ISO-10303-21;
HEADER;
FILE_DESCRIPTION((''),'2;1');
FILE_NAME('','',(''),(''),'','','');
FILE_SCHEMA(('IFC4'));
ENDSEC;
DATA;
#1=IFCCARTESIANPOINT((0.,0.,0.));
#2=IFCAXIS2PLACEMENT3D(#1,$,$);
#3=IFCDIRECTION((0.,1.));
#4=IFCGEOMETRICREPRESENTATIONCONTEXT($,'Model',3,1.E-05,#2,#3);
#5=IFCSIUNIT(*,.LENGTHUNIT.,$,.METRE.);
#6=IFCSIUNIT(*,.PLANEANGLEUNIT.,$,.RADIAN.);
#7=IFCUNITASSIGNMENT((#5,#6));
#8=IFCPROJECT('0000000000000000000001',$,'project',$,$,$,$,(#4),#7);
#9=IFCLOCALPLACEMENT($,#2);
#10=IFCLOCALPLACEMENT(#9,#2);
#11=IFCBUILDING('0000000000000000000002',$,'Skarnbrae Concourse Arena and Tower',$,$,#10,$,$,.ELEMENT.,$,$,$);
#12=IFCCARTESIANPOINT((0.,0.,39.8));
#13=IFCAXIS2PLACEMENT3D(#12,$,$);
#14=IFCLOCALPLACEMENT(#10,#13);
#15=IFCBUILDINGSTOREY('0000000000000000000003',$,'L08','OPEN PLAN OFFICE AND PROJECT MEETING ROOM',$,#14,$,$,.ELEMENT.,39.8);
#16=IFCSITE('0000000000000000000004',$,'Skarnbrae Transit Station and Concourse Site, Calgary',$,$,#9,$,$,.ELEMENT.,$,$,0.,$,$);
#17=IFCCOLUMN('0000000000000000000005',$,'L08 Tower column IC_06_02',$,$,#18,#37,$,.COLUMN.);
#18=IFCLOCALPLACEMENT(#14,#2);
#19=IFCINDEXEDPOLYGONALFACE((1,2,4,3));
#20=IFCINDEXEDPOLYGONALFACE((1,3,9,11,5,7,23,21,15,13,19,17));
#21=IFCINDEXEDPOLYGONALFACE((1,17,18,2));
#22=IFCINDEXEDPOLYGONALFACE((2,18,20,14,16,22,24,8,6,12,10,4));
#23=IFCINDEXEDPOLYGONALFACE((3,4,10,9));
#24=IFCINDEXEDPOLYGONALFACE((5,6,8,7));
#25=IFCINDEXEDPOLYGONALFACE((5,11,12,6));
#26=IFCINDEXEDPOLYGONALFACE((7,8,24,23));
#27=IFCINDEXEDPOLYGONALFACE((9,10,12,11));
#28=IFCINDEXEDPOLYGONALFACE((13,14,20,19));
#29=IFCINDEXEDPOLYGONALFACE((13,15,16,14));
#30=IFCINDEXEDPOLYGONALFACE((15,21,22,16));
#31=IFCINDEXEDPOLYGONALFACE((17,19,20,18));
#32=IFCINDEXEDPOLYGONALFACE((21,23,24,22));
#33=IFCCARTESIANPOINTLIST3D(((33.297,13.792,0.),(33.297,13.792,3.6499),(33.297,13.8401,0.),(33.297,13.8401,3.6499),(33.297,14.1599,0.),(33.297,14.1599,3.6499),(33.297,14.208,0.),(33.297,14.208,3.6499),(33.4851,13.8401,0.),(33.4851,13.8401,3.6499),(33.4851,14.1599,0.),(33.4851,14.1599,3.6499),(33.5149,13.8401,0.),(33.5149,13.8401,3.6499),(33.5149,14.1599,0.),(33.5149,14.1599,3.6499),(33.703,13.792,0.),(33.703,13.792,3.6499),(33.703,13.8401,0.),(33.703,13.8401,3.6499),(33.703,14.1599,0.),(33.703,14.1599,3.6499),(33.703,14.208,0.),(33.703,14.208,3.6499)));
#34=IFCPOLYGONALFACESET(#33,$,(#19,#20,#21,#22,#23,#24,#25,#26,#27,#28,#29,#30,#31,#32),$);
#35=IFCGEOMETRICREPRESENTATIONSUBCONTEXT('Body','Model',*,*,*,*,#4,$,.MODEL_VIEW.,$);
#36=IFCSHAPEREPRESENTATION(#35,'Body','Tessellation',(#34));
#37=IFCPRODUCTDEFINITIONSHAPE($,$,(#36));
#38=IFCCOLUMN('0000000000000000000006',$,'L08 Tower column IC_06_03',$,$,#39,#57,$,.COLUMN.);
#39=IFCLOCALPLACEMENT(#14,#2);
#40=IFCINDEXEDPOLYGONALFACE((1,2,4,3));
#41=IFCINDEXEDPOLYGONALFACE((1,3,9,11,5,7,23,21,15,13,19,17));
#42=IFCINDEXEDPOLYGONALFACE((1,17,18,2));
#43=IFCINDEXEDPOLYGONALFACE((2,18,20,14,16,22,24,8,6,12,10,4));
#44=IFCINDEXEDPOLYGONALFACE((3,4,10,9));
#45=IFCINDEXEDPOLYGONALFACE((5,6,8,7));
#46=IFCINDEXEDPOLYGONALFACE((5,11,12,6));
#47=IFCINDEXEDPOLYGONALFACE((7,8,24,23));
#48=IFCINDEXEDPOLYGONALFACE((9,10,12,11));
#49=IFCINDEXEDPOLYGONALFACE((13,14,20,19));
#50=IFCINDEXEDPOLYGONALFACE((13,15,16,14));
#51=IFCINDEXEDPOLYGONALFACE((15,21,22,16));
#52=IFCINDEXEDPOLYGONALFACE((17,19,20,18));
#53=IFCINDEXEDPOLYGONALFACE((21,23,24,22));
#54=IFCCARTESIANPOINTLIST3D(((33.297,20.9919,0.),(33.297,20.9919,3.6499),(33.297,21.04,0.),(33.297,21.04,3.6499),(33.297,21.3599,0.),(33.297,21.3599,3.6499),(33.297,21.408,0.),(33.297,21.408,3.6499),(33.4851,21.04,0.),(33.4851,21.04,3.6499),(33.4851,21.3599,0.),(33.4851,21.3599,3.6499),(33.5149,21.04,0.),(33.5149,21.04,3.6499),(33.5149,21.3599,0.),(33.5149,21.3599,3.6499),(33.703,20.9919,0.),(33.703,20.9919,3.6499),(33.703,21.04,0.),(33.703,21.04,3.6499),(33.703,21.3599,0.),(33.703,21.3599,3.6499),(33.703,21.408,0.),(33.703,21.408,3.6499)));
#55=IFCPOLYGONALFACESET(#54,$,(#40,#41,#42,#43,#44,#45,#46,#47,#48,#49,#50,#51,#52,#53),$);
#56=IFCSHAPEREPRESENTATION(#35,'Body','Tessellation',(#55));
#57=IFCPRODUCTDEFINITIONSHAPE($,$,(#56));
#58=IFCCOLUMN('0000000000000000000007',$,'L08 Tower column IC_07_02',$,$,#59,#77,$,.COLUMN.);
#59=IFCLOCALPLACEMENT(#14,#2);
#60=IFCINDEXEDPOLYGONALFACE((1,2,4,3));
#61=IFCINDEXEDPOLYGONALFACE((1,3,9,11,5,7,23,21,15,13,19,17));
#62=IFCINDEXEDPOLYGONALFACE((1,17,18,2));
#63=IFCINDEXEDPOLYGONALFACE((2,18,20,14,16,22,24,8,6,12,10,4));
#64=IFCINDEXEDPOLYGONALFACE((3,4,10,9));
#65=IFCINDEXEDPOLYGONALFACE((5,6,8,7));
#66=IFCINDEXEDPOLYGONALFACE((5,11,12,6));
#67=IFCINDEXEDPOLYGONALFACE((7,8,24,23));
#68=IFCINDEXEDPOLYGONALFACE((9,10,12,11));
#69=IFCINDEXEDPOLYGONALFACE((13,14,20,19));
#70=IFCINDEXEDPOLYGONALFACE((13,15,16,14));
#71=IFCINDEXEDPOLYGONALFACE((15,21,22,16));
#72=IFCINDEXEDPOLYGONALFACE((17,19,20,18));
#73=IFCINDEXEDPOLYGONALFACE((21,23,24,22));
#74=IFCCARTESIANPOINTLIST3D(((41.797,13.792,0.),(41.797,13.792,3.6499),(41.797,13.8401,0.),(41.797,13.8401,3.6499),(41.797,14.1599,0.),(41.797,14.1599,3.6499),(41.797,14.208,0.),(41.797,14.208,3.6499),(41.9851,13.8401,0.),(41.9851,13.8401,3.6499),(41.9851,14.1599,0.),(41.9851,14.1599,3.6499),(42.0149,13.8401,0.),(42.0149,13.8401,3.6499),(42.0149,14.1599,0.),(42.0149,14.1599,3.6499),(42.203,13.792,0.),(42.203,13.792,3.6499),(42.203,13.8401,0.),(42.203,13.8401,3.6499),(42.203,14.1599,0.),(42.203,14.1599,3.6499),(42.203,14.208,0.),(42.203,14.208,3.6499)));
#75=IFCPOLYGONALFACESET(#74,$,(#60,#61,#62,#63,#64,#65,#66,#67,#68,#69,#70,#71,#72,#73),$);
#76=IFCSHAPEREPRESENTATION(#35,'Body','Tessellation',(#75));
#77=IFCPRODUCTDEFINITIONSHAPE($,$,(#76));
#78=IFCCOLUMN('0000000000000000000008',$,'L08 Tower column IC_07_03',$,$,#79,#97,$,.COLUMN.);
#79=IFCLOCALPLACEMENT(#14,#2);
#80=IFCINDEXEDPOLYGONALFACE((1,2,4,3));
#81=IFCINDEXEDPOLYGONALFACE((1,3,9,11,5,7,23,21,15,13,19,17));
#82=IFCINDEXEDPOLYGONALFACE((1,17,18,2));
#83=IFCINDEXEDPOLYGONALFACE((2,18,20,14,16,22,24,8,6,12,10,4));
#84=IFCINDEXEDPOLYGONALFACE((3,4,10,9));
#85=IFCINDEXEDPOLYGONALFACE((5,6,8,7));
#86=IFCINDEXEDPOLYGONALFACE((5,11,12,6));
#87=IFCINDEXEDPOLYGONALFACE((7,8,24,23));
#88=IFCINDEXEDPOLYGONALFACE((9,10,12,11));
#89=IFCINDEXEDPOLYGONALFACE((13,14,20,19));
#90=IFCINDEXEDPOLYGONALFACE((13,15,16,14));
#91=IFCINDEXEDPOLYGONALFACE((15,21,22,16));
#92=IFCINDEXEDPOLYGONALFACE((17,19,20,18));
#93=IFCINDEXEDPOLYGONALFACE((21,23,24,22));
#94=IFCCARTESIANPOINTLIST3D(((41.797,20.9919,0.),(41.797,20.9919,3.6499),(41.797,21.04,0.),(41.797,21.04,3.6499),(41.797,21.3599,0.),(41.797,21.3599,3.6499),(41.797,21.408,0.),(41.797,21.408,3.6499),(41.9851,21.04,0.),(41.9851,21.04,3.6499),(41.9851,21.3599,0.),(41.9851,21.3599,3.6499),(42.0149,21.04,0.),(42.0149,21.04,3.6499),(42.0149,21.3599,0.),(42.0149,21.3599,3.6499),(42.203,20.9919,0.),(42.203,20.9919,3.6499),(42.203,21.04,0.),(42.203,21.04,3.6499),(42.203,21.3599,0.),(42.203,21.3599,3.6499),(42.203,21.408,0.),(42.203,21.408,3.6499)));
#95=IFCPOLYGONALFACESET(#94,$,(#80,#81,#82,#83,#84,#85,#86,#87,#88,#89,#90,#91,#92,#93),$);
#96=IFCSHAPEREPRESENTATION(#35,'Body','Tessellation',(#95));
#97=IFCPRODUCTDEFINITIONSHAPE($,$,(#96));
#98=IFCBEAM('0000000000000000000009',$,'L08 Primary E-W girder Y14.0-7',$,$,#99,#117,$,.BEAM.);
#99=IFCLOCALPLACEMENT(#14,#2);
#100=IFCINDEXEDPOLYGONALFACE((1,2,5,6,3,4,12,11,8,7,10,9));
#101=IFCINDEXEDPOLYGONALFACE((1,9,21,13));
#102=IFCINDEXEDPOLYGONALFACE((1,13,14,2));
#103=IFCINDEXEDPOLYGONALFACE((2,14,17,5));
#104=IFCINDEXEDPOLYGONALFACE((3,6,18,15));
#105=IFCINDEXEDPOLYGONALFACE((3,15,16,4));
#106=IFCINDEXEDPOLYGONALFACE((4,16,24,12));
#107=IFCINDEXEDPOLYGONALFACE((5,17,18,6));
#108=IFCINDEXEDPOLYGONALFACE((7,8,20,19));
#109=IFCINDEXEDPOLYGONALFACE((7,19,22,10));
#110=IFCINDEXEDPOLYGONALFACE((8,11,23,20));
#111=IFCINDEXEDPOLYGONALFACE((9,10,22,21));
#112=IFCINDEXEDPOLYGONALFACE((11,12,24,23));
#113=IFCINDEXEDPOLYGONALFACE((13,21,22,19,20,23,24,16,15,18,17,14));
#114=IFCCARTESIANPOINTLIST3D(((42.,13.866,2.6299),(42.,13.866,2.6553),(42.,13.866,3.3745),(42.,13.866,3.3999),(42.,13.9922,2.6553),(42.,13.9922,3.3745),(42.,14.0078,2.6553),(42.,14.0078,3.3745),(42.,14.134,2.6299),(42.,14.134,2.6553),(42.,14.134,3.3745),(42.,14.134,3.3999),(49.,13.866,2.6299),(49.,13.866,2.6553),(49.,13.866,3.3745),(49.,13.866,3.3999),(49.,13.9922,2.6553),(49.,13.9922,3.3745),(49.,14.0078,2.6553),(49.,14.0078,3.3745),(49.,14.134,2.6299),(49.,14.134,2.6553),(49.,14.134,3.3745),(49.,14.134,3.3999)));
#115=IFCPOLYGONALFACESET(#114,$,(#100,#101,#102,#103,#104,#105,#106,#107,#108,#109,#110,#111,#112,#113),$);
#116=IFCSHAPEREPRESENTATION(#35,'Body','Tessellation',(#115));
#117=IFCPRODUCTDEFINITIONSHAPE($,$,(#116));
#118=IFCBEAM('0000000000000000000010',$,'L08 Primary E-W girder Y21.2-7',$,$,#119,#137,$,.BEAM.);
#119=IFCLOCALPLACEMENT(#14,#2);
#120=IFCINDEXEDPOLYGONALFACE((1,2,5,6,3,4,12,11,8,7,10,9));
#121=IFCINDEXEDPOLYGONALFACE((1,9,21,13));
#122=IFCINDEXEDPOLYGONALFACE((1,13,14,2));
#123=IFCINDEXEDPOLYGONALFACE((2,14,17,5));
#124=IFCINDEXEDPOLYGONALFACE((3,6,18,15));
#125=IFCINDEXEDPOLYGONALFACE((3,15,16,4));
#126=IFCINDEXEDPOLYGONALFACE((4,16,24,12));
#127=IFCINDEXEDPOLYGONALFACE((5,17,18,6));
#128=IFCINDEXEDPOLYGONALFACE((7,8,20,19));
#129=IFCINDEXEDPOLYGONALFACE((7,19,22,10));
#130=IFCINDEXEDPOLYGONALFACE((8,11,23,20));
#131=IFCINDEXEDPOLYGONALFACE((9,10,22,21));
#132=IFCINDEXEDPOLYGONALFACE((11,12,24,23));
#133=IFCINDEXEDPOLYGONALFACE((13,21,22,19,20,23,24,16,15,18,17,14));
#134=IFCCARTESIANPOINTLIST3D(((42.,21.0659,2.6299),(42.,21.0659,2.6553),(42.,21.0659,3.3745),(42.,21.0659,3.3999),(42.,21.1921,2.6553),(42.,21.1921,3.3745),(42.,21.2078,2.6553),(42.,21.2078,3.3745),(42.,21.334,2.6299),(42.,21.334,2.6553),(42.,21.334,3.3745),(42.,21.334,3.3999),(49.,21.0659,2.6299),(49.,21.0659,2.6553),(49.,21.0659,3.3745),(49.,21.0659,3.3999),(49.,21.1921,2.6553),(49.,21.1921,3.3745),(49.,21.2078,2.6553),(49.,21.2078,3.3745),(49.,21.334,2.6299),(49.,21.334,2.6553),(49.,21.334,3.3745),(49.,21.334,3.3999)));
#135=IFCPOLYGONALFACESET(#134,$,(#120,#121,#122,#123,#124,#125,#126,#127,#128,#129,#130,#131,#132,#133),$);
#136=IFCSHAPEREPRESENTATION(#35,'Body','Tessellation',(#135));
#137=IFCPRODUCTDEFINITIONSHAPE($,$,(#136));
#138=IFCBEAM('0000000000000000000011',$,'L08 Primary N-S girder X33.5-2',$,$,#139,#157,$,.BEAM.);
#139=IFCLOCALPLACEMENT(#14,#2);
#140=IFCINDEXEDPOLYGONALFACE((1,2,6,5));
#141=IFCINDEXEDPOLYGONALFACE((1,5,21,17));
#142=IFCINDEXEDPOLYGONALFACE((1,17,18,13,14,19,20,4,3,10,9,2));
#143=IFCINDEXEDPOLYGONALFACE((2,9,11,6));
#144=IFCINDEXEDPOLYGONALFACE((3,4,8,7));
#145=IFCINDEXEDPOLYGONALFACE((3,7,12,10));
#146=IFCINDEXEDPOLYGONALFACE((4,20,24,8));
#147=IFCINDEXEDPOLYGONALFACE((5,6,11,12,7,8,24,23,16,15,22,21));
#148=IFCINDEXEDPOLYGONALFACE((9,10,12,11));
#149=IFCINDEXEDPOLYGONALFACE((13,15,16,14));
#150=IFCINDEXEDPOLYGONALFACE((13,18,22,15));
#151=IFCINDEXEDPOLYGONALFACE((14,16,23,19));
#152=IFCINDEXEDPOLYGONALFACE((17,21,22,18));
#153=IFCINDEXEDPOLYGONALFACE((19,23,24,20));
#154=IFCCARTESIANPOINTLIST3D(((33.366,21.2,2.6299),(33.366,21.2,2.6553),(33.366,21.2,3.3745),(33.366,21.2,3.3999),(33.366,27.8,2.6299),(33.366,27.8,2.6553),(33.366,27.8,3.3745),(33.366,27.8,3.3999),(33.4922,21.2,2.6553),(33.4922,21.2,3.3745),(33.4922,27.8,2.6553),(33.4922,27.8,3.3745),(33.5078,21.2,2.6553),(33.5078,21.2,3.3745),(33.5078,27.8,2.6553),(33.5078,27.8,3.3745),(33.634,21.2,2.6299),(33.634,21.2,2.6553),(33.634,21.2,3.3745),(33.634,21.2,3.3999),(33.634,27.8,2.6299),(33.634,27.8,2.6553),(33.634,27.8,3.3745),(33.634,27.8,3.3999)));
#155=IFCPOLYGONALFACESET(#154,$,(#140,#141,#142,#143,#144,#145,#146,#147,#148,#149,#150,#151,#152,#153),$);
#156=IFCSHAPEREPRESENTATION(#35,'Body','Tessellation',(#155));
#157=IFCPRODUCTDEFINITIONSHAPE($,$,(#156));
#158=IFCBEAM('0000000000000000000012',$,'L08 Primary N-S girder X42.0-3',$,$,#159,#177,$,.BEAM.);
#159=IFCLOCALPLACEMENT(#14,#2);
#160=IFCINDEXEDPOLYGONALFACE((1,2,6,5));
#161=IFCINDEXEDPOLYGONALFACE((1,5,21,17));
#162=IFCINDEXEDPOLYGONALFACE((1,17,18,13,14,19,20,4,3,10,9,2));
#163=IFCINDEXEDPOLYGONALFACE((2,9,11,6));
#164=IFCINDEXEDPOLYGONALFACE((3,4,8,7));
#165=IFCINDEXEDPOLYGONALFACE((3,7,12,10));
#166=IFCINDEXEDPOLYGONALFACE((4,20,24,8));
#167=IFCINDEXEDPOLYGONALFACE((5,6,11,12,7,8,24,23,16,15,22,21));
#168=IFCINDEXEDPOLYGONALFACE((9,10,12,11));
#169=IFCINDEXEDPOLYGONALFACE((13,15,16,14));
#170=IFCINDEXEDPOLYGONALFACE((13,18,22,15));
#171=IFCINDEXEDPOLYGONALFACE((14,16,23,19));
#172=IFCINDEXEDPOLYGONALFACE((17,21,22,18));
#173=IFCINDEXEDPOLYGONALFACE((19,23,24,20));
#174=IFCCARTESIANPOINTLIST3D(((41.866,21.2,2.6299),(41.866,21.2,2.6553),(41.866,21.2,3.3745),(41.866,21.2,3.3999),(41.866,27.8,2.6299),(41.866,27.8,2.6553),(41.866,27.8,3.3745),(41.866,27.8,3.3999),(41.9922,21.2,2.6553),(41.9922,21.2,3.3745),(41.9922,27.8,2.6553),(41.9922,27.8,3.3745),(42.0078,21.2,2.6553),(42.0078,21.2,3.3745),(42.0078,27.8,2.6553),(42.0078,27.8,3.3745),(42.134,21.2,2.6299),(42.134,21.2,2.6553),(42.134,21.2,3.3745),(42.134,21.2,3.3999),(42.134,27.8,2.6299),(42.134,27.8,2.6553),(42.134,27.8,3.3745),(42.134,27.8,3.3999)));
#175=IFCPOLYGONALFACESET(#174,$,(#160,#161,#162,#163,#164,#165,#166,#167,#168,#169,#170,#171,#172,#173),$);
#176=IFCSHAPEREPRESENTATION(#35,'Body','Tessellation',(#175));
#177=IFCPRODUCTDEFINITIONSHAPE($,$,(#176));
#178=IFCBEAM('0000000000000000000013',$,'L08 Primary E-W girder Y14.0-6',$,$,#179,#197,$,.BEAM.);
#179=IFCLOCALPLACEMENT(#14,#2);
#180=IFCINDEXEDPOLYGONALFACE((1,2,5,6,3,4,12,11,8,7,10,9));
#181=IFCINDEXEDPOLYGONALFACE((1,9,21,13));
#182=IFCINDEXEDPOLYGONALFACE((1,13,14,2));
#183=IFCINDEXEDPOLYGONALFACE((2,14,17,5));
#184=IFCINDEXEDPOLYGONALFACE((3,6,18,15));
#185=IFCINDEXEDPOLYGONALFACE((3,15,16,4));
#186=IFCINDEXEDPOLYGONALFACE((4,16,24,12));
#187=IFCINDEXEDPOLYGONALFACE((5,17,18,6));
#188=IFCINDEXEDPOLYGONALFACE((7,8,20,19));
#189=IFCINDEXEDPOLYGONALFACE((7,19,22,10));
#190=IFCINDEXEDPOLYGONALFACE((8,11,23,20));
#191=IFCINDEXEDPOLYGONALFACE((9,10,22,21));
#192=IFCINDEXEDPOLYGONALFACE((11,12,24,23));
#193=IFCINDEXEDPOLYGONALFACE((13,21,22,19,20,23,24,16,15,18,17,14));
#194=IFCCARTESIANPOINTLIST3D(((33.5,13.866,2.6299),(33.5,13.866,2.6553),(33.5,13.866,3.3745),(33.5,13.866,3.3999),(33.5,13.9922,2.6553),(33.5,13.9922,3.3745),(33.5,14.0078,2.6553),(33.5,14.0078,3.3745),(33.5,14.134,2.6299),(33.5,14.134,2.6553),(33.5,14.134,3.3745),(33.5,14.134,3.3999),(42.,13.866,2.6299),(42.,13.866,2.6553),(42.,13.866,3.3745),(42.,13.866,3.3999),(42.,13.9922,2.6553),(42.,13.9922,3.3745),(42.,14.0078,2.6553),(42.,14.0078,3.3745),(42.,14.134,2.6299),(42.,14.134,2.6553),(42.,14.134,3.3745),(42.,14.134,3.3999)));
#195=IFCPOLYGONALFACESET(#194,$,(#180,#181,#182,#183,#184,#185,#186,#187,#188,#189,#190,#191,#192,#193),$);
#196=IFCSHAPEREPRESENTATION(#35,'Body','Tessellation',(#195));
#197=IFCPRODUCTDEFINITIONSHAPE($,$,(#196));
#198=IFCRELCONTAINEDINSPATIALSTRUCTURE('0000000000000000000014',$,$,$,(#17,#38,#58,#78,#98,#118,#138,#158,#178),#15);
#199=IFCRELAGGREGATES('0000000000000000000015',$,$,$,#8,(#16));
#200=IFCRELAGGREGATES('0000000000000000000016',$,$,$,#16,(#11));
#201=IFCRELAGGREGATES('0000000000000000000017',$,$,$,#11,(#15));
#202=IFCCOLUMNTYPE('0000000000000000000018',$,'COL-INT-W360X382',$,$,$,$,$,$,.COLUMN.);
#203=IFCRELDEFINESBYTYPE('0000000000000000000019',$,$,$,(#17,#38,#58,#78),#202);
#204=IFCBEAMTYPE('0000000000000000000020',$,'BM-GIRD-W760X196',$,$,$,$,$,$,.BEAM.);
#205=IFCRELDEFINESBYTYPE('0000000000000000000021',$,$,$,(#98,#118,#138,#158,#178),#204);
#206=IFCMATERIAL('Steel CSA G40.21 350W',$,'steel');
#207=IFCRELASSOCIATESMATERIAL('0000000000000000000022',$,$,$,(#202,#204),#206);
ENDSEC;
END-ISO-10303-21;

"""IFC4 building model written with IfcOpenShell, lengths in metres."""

from ifc_helpers import new_model, si_unit, direction, frame, origin, origin_2d, place, context, subcontext, project, spatial, i_section, extrude, source, transform, mapped, material, material_profile, profile_set, type_object, element, save


model = new_model("IFC4")

# Units and contexts
model_context = context("Model", 3, precision=1e-05, world=origin(), true_north=direction((0.0, 1.0)))
body_context = subcontext(model_context, "Body", "Model", "MODEL_VIEW")
ifc_project = project(units=[si_unit("LENGTHUNIT", "METRE"), si_unit("PLANEANGLEUNIT", "RADIAN")], contexts=[model_context])

# Site, building, storey
site_placement = place(None, origin())
site = spatial("IfcSite", under=ifc_project, at=site_placement, Name="Skarnbrae Transit Station and Concourse Site, Calgary", CompositionType="ELEMENT", RefElevation=0.0)
building_placement = place(site_placement, origin())
building = spatial("IfcBuilding", under=site, at=building_placement, Name="Skarnbrae Concourse Arena and Tower", CompositionType="ELEMENT")
storey_placement = place(building_placement, frame((0.0, 0.0, 39.8)))
storey = spatial("IfcBuildingStorey", under=building, at=storey_placement, Name="L08", Description="OPEN PLAN OFFICE AND PROJECT MEETING ROOM", CompositionType="ELEMENT", Elevation=39.8)

# Columns
ifc_material_1 = material(Name="Steel CSA G40.21 350W", Category="steel")
ifc_material_profile_1 = material_profile(ifc_material_1, i_section(OverallWidth=0.406, OverallDepth=0.416, WebThickness=0.0298, FlangeThickness=0.0481, at=origin_2d()), Name="W360X382")
ifc_profile_set_1 = profile_set([ifc_material_profile_1], Name="Steel CSA G40.21 350W")
column_type = type_object("IfcColumnType", Name="COL-INT-W360X382", PredefinedType="COLUMN", material=ifc_profile_set_1)
shared_shape_1 = source(origin(), body_context, "Body", "SweptSolid", [
    extrude(i_section(OverallWidth=0.406, OverallDepth=0.416, WebThickness=0.0298, FlangeThickness=0.0481, at=origin_2d()), origin(), (0.0, 0.0, 1.0), 3.6499),
])
for number, where, z_axis, x_axis, name in (
    (1, (33.5, 14.0, 0.0), (0.0, 0.0, 1.0), (1.0, 0.0, 0.0), "L08 Tower column IC_06_02"),
    (2, (33.5, 21.2, 0.0), (0.0, 0.0, 1.0), (1.0, 0.0, 0.0), "L08 Tower column IC_06_03"),
    (3, (42.0, 14.0, 0.0), (0.0, 0.0, 1.0), (1.0, 0.0, 0.0), "L08 Tower column IC_07_02"),
    (4, (42.0, 21.2, 0.0), (0.0, 0.0, 1.0), (1.0, 0.0, 0.0), "L08 Tower column IC_07_03"),
):
    element("IfcColumn", number, at=place(storey_placement, frame(where, z_axis=z_axis, x_axis=x_axis)), inside=storey, type_object=column_type, Name=name, PredefinedType="COLUMN", context=body_context, shape_type="MappedRepresentation", body=[
        mapped(shared_shape_1, transform((0.0, 0.0, 0.0))),
    ])

# Beams
ifc_material_profile_2 = material_profile(ifc_material_1, i_section(OverallWidth=0.2681, OverallDepth=0.77, WebThickness=0.0156, FlangeThickness=0.0254, at=origin_2d()), Name="W760X196")
ifc_profile_set_2 = profile_set([ifc_material_profile_2], Name="Steel CSA G40.21 350W")
beam_type_1 = type_object("IfcBeamType", Name="BM-GIRD-W760X196", PredefinedType="BEAM", material=ifc_profile_set_2)
shared_shape_2 = source(origin(), body_context, "Body", "SweptSolid", [
    extrude(i_section(OverallWidth=0.2681, OverallDepth=0.77, WebThickness=0.0156, FlangeThickness=0.0254, at=origin_2d()), origin(), (0.0, 0.0, 1.0), 7.0),
])
for number, where, z_axis, x_axis, name in (
    (5, (42.0, 14.0, 3.0149), (1.0, 0.0, 0.0), (0.0, 1.0, 0.0), "L08 Primary E-W girder Y14.0-7"),
    (6, (42.0, 21.2, 3.0149), (1.0, 0.0, 0.0), (0.0, 1.0, 0.0), "L08 Primary E-W girder Y21.2-7"),
):
    element("IfcBeam", number, at=place(storey_placement, frame(where, z_axis=z_axis, x_axis=x_axis)), inside=storey, type_object=beam_type_1, Name=name, PredefinedType="BEAM", context=body_context, shape_type="MappedRepresentation", body=[
        mapped(shared_shape_2, transform((0.0, 0.0, 0.0))),
    ])
shared_shape_3 = source(origin(), body_context, "Body", "SweptSolid", [
    extrude(i_section(OverallWidth=0.2681, OverallDepth=0.77, WebThickness=0.0156, FlangeThickness=0.0254, at=origin_2d()), origin(), (0.0, 0.0, 1.0), 6.6001),
])
for number, where, z_axis, x_axis, name in (
    (7, (33.5, 21.2, 3.0149), (0.0, 1.0, 0.0), (-1.0, 0.0, 0.0), "L08 Primary N-S girder X33.5-2"),
    (8, (42.0, 21.2, 3.0149), (0.0, 1.0, 0.0), (-1.0, 0.0, 0.0), "L08 Primary N-S girder X42.0-3"),
):
    element("IfcBeam", number, at=place(storey_placement, frame(where, z_axis=z_axis, x_axis=x_axis)), inside=storey, type_object=beam_type_1, Name=name, PredefinedType="BEAM", context=body_context, shape_type="MappedRepresentation", body=[
        mapped(shared_shape_3, transform((0.0, 0.0, 0.0))),
    ])
shared_shape_4 = source(origin(), body_context, "Body", "SweptSolid", [
    extrude(i_section(OverallWidth=0.2681, OverallDepth=0.77, WebThickness=0.0156, FlangeThickness=0.0254, at=origin_2d()), origin(), (0.0, 0.0, 1.0), 8.5),
])
for number, where, z_axis, x_axis, name in (
    (9, (33.5, 14.0, 3.0149), (1.0, 0.0, 0.0), (0.0, 1.0, 0.0), "L08 Primary E-W girder Y14.0-6"),
):
    element("IfcBeam", number, at=place(storey_placement, frame(where, z_axis=z_axis, x_axis=x_axis)), inside=storey, type_object=beam_type_1, Name=name, PredefinedType="BEAM", context=body_context, shape_type="MappedRepresentation", body=[
        mapped(shared_shape_4, transform((0.0, 0.0, 0.0))),
    ])

save(model, "model.ifc")
